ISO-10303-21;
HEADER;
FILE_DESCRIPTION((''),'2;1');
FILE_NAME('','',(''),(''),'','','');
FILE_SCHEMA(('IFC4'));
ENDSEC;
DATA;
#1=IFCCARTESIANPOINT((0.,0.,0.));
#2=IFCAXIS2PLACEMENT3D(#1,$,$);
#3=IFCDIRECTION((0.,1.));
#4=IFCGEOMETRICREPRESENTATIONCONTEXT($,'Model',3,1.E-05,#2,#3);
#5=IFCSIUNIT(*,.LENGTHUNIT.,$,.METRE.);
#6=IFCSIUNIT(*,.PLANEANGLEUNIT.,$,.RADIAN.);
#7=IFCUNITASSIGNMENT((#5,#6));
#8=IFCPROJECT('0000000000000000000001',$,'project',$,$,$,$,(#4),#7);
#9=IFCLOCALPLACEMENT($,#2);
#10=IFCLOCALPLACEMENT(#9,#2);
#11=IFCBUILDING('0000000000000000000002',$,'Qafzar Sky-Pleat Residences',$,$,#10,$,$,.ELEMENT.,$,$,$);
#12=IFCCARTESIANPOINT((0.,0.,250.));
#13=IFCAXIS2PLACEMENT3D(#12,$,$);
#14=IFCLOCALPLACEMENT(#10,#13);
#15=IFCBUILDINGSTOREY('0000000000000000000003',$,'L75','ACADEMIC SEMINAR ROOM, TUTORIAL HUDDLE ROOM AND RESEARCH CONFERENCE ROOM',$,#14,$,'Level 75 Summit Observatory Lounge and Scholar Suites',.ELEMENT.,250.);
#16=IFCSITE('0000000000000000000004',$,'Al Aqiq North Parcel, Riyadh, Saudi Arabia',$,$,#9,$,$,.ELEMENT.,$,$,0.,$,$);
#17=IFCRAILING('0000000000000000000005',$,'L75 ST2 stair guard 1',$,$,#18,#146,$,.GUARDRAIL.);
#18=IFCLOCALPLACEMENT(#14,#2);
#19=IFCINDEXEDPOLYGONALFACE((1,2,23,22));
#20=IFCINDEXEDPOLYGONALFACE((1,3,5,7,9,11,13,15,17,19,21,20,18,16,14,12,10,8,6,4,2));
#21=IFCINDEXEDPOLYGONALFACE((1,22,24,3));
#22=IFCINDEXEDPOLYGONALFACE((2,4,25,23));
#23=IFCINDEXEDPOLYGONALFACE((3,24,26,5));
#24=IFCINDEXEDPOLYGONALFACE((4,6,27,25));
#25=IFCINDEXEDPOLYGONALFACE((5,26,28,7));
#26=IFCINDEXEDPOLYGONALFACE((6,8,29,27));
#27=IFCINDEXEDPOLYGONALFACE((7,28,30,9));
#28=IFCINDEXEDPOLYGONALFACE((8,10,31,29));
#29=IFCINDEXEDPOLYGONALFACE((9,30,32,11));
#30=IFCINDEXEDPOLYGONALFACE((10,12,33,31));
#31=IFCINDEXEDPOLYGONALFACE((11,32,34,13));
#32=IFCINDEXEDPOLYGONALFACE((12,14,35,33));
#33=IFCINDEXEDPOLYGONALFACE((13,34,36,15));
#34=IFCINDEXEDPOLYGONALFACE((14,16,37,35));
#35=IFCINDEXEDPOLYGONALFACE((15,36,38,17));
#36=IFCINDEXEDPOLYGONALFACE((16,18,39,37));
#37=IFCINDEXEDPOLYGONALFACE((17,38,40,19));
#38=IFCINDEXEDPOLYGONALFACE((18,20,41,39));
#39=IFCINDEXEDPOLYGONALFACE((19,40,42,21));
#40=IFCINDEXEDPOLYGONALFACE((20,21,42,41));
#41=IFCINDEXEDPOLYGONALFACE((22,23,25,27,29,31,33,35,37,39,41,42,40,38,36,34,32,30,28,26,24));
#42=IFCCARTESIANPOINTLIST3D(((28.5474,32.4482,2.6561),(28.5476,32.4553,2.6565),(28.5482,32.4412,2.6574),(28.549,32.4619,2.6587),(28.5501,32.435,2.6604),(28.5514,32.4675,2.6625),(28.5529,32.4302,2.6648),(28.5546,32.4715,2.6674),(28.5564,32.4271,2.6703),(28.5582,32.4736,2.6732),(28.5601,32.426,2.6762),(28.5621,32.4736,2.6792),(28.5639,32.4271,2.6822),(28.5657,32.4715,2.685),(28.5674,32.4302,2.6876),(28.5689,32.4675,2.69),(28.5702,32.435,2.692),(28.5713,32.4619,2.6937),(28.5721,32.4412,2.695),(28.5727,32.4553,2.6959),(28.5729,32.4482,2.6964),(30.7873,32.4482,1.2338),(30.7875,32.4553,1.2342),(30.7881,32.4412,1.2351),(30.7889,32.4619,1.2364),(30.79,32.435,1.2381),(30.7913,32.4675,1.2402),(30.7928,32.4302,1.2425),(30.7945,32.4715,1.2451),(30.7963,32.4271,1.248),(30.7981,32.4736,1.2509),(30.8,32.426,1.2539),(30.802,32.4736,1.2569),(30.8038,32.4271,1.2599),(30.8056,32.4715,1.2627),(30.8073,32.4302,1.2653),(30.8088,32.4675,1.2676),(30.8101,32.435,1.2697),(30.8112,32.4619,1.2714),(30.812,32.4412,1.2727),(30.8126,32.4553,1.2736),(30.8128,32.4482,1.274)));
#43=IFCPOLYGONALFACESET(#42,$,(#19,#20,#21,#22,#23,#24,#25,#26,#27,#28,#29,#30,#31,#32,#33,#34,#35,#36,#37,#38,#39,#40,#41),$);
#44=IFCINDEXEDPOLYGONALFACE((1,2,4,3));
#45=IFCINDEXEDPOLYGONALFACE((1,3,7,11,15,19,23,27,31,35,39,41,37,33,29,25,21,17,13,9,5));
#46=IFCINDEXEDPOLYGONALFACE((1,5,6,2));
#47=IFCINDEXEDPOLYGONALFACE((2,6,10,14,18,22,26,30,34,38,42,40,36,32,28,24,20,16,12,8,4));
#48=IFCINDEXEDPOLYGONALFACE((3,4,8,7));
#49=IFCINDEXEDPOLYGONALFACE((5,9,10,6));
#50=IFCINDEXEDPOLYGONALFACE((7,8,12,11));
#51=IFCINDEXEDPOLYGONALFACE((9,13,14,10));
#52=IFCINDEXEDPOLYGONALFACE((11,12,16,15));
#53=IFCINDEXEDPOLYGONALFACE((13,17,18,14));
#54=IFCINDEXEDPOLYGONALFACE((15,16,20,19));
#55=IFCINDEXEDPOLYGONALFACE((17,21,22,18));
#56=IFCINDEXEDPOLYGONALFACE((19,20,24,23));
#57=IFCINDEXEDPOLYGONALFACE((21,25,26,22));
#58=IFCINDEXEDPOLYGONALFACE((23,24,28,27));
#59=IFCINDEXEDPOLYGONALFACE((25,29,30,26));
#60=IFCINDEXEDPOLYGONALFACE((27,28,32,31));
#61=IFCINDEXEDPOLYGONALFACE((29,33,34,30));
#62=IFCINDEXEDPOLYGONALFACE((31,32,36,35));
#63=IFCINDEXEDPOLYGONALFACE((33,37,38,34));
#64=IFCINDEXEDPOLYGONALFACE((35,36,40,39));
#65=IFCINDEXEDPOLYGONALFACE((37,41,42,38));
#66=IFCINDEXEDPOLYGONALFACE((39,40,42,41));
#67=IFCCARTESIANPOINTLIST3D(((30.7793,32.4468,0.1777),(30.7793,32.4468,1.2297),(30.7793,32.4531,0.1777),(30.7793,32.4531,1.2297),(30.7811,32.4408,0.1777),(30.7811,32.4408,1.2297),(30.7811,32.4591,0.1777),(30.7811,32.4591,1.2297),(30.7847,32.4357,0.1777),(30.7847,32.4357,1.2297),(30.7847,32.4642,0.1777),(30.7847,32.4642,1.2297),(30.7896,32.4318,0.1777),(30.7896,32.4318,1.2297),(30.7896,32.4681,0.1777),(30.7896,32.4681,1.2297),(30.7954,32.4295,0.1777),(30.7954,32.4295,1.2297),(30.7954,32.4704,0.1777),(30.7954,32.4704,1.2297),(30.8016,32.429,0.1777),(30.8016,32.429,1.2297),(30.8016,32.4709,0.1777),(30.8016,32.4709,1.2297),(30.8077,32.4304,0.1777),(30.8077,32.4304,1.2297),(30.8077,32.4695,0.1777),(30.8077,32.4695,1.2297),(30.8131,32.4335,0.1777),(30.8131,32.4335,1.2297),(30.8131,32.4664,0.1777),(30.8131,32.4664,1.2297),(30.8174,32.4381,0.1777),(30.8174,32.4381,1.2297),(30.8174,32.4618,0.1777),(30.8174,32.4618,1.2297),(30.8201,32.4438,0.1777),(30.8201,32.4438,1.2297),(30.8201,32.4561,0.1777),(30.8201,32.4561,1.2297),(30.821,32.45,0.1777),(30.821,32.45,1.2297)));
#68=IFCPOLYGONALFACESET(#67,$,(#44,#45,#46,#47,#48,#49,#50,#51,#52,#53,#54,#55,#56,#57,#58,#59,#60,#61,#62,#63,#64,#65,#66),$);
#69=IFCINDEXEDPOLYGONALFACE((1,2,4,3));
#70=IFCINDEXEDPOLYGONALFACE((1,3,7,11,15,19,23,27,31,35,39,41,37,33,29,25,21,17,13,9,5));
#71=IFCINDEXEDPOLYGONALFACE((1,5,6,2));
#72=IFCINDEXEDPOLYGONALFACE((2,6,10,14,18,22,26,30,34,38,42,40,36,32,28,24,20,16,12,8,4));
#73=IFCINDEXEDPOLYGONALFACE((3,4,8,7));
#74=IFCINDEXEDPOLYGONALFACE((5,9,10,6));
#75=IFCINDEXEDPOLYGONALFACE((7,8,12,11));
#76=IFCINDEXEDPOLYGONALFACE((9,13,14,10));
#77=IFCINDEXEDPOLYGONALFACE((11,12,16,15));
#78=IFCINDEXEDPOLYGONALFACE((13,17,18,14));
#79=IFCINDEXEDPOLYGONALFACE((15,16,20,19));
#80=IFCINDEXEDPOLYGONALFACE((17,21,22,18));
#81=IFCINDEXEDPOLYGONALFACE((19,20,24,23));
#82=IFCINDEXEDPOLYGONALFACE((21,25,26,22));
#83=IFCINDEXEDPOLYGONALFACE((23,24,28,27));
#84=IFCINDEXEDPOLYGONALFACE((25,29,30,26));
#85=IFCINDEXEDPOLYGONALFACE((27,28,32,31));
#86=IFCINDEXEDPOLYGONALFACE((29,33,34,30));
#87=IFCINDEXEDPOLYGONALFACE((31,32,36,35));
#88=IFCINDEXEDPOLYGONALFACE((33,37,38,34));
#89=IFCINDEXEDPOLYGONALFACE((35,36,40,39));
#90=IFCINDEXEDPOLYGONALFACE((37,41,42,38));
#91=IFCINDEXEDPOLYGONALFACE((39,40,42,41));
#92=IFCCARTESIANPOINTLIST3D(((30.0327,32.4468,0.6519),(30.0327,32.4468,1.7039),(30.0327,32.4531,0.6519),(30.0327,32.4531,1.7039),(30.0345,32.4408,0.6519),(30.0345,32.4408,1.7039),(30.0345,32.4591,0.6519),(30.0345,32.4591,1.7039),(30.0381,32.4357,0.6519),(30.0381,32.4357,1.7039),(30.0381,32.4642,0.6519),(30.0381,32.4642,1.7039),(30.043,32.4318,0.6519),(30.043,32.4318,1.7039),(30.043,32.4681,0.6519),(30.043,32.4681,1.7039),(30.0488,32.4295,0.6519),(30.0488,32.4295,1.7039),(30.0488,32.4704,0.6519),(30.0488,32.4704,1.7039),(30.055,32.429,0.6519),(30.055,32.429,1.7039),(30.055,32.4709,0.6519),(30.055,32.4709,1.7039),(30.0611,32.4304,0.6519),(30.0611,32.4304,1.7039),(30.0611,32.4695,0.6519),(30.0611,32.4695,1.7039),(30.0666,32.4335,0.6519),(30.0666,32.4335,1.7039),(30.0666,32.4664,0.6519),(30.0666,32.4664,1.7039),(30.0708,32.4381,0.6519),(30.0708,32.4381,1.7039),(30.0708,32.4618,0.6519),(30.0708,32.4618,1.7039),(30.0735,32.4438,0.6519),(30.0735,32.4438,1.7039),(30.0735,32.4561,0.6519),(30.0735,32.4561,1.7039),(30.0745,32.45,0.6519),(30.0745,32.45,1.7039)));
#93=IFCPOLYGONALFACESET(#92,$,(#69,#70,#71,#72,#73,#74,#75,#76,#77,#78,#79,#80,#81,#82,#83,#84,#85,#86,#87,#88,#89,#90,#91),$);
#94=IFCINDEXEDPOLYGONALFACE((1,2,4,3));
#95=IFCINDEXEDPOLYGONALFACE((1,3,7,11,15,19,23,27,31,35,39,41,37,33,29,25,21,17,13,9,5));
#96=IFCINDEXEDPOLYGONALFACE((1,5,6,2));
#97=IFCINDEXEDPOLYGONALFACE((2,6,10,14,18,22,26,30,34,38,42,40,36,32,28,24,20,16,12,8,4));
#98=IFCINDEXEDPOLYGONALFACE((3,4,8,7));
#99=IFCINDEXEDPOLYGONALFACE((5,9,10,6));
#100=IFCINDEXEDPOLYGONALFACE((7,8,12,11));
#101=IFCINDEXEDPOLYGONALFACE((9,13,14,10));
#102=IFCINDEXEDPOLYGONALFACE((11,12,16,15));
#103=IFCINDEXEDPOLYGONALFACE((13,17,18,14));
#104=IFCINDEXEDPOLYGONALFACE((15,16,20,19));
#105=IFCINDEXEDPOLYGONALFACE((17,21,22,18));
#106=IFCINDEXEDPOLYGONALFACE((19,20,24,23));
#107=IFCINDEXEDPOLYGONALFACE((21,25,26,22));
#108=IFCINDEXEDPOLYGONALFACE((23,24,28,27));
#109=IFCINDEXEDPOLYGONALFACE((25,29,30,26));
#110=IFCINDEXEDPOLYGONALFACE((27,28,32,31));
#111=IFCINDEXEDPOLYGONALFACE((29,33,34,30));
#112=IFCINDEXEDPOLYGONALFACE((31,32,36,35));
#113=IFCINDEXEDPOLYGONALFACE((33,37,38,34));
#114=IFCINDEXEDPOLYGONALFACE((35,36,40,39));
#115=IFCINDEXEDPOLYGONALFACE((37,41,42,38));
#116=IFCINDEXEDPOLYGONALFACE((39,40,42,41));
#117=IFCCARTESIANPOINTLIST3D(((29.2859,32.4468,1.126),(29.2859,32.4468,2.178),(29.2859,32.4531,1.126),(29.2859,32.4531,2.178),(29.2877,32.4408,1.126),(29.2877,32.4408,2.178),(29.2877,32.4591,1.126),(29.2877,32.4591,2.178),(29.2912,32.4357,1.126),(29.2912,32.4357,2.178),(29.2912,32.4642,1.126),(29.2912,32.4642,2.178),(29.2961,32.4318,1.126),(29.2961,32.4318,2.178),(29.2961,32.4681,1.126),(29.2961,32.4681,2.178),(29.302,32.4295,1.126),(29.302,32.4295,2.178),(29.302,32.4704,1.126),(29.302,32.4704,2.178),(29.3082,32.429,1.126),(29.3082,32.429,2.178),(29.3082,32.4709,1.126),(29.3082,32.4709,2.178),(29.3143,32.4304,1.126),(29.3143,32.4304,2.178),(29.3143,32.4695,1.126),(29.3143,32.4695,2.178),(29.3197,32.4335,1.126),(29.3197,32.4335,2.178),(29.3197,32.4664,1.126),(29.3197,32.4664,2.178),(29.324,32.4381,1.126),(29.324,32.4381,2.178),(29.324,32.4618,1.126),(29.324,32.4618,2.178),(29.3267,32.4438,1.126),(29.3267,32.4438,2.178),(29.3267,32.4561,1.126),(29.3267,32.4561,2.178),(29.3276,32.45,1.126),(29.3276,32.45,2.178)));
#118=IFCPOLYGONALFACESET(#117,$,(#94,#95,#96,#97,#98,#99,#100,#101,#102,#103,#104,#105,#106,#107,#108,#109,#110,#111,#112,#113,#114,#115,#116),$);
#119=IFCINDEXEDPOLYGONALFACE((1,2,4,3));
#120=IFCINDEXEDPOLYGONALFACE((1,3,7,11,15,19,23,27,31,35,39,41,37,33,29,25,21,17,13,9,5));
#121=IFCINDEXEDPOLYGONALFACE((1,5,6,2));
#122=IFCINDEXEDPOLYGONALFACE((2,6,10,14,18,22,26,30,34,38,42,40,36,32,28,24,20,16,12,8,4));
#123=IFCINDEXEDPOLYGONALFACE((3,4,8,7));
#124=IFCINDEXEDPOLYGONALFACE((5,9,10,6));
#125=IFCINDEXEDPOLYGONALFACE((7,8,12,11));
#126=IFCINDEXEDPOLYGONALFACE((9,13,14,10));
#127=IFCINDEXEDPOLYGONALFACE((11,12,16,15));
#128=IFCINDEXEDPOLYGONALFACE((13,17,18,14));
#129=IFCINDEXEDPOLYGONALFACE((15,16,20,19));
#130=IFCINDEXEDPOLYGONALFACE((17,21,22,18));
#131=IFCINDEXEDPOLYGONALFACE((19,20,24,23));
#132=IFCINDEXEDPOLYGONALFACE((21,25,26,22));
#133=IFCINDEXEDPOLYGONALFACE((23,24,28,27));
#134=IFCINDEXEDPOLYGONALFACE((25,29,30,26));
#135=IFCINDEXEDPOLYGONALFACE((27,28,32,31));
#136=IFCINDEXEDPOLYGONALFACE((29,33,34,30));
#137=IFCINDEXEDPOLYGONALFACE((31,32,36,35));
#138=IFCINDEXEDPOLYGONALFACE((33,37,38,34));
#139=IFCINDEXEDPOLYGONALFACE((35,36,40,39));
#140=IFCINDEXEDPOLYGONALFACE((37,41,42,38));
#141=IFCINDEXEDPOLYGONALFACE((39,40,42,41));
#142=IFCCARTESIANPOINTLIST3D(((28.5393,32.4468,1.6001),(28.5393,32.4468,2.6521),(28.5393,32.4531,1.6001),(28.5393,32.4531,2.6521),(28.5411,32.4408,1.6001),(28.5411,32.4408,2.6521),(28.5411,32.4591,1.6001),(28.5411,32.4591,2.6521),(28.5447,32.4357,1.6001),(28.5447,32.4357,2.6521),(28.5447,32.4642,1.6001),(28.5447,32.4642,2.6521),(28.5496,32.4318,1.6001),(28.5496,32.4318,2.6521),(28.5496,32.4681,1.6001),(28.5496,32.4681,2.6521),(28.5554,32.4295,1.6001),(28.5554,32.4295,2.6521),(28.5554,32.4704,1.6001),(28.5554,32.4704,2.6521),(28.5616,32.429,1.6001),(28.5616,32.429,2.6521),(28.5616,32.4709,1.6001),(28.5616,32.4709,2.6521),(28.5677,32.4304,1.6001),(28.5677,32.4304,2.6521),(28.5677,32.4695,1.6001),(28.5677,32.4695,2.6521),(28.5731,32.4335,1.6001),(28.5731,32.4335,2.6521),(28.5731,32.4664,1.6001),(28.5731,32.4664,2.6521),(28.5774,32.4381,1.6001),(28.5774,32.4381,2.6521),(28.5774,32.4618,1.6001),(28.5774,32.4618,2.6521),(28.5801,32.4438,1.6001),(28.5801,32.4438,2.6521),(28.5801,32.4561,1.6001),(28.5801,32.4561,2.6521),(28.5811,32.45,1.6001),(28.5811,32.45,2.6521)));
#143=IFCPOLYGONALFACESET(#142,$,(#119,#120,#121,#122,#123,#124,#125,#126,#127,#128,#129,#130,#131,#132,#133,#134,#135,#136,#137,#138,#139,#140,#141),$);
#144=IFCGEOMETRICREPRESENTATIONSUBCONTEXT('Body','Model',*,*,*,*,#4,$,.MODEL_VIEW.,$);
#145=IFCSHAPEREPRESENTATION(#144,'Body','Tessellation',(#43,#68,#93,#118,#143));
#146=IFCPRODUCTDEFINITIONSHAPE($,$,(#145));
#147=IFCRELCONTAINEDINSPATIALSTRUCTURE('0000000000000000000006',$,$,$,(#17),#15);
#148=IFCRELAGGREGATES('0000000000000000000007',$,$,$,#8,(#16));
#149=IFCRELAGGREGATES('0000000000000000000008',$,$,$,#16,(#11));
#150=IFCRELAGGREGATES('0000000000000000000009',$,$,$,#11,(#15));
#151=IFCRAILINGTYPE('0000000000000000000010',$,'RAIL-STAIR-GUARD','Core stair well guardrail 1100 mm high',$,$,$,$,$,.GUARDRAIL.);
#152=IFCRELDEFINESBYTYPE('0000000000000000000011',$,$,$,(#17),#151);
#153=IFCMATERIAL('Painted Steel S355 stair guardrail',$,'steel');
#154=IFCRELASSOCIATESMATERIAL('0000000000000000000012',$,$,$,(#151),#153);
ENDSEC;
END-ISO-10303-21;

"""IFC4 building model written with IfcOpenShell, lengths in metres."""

from ifc_helpers import new_model, si_unit, direction, frame, origin, origin_2d, place, context, subcontext, project, spatial, circle, extrude, source, transform, mapped, material, type_object, element, save


model = new_model("IFC4")

# Units and contexts
model_context = context("Model", 3, precision=1e-05, world=origin(), true_north=direction((0.0, 1.0)))
body_context = subcontext(model_context, "Body", "Model", "MODEL_VIEW")
ifc_project = project(units=[si_unit("LENGTHUNIT", "METRE"), si_unit("PLANEANGLEUNIT", "RADIAN")], contexts=[model_context])

# Site, building, storey
site_placement = place(None, origin())
site = spatial("IfcSite", under=ifc_project, at=site_placement, Name="Al Aqiq North Parcel, Riyadh, Saudi Arabia", CompositionType="ELEMENT", RefElevation=0.0)
building_placement = place(site_placement, origin())
building = spatial("IfcBuilding", under=site, at=building_placement, Name="Qafzar Sky-Pleat Residences", CompositionType="ELEMENT")
storey_placement = place(building_placement, frame((0.0, 0.0, 250.0)))
storey = spatial("IfcBuildingStorey", under=building, at=storey_placement, Name="L75", Description="ACADEMIC SEMINAR ROOM, TUTORIAL HUDDLE ROOM AND RESEARCH CONFERENCE ROOM", LongName="Level 75 Summit Observatory Lounge and Scholar Suites", CompositionType="ELEMENT", Elevation=250.0)

# Railing
ifc_material_1 = material(Name="Painted Steel S355 stair guardrail", Category="steel")
railing_type_1 = type_object("IfcRailingType", Name="RAIL-STAIR-GUARD", Description="Core stair well guardrail 1100 mm high", PredefinedType="GUARDRAIL", material=ifc_material_1)
shared_shape_1 = source(origin(), body_context, "Body", "SweptSolid", [
    extrude(circle(Radius=0.0239, at=origin_2d()), frame((0.0, 0.0, 1.0762), z_axis=(-0.844188, 0.0, 0.536048), x_axis=(0.0, -1.0, 0.0)), (0.0, 0.0, 1.0), 2.6533),
    extrude(circle(Radius=0.021, at=origin_2d()), origin(), (0.0, 0.0, 1.0), 1.052),
    extrude(circle(Radius=0.021, at=origin_2d()), frame((-0.7466, 0.0, 0.4741)), (0.0, 0.0, 1.0), 1.052),
    extrude(circle(Radius=0.021, at=origin_2d()), frame((-1.4934, 0.0, 0.9482)), (0.0, 0.0, 1.0), 1.052),
    extrude(circle(Radius=0.021, at=origin_2d()), frame((-2.24, 0.0, 1.4224)), (0.0, 0.0, 1.0), 1.052),
])
railing_1_placement = place(storey_placement, frame((30.8, 32.45, 0.1777)))
element("IfcRailing", 1, at=railing_1_placement, inside=storey, type_object=railing_type_1, Name="L75 ST2 stair guard 1", PredefinedType="GUARDRAIL", context=body_context, shape_type="MappedRepresentation", body=[
    mapped(shared_shape_1, transform((0.0, 0.0, 0.0), x_axis=(1.0, 0.0, 0.0), y_axis=(0.0, 1.0, 0.0), z_axis=(0.0, 0.0, 1.0), scale=1.0)),
])

save(model, "model.ifc")
